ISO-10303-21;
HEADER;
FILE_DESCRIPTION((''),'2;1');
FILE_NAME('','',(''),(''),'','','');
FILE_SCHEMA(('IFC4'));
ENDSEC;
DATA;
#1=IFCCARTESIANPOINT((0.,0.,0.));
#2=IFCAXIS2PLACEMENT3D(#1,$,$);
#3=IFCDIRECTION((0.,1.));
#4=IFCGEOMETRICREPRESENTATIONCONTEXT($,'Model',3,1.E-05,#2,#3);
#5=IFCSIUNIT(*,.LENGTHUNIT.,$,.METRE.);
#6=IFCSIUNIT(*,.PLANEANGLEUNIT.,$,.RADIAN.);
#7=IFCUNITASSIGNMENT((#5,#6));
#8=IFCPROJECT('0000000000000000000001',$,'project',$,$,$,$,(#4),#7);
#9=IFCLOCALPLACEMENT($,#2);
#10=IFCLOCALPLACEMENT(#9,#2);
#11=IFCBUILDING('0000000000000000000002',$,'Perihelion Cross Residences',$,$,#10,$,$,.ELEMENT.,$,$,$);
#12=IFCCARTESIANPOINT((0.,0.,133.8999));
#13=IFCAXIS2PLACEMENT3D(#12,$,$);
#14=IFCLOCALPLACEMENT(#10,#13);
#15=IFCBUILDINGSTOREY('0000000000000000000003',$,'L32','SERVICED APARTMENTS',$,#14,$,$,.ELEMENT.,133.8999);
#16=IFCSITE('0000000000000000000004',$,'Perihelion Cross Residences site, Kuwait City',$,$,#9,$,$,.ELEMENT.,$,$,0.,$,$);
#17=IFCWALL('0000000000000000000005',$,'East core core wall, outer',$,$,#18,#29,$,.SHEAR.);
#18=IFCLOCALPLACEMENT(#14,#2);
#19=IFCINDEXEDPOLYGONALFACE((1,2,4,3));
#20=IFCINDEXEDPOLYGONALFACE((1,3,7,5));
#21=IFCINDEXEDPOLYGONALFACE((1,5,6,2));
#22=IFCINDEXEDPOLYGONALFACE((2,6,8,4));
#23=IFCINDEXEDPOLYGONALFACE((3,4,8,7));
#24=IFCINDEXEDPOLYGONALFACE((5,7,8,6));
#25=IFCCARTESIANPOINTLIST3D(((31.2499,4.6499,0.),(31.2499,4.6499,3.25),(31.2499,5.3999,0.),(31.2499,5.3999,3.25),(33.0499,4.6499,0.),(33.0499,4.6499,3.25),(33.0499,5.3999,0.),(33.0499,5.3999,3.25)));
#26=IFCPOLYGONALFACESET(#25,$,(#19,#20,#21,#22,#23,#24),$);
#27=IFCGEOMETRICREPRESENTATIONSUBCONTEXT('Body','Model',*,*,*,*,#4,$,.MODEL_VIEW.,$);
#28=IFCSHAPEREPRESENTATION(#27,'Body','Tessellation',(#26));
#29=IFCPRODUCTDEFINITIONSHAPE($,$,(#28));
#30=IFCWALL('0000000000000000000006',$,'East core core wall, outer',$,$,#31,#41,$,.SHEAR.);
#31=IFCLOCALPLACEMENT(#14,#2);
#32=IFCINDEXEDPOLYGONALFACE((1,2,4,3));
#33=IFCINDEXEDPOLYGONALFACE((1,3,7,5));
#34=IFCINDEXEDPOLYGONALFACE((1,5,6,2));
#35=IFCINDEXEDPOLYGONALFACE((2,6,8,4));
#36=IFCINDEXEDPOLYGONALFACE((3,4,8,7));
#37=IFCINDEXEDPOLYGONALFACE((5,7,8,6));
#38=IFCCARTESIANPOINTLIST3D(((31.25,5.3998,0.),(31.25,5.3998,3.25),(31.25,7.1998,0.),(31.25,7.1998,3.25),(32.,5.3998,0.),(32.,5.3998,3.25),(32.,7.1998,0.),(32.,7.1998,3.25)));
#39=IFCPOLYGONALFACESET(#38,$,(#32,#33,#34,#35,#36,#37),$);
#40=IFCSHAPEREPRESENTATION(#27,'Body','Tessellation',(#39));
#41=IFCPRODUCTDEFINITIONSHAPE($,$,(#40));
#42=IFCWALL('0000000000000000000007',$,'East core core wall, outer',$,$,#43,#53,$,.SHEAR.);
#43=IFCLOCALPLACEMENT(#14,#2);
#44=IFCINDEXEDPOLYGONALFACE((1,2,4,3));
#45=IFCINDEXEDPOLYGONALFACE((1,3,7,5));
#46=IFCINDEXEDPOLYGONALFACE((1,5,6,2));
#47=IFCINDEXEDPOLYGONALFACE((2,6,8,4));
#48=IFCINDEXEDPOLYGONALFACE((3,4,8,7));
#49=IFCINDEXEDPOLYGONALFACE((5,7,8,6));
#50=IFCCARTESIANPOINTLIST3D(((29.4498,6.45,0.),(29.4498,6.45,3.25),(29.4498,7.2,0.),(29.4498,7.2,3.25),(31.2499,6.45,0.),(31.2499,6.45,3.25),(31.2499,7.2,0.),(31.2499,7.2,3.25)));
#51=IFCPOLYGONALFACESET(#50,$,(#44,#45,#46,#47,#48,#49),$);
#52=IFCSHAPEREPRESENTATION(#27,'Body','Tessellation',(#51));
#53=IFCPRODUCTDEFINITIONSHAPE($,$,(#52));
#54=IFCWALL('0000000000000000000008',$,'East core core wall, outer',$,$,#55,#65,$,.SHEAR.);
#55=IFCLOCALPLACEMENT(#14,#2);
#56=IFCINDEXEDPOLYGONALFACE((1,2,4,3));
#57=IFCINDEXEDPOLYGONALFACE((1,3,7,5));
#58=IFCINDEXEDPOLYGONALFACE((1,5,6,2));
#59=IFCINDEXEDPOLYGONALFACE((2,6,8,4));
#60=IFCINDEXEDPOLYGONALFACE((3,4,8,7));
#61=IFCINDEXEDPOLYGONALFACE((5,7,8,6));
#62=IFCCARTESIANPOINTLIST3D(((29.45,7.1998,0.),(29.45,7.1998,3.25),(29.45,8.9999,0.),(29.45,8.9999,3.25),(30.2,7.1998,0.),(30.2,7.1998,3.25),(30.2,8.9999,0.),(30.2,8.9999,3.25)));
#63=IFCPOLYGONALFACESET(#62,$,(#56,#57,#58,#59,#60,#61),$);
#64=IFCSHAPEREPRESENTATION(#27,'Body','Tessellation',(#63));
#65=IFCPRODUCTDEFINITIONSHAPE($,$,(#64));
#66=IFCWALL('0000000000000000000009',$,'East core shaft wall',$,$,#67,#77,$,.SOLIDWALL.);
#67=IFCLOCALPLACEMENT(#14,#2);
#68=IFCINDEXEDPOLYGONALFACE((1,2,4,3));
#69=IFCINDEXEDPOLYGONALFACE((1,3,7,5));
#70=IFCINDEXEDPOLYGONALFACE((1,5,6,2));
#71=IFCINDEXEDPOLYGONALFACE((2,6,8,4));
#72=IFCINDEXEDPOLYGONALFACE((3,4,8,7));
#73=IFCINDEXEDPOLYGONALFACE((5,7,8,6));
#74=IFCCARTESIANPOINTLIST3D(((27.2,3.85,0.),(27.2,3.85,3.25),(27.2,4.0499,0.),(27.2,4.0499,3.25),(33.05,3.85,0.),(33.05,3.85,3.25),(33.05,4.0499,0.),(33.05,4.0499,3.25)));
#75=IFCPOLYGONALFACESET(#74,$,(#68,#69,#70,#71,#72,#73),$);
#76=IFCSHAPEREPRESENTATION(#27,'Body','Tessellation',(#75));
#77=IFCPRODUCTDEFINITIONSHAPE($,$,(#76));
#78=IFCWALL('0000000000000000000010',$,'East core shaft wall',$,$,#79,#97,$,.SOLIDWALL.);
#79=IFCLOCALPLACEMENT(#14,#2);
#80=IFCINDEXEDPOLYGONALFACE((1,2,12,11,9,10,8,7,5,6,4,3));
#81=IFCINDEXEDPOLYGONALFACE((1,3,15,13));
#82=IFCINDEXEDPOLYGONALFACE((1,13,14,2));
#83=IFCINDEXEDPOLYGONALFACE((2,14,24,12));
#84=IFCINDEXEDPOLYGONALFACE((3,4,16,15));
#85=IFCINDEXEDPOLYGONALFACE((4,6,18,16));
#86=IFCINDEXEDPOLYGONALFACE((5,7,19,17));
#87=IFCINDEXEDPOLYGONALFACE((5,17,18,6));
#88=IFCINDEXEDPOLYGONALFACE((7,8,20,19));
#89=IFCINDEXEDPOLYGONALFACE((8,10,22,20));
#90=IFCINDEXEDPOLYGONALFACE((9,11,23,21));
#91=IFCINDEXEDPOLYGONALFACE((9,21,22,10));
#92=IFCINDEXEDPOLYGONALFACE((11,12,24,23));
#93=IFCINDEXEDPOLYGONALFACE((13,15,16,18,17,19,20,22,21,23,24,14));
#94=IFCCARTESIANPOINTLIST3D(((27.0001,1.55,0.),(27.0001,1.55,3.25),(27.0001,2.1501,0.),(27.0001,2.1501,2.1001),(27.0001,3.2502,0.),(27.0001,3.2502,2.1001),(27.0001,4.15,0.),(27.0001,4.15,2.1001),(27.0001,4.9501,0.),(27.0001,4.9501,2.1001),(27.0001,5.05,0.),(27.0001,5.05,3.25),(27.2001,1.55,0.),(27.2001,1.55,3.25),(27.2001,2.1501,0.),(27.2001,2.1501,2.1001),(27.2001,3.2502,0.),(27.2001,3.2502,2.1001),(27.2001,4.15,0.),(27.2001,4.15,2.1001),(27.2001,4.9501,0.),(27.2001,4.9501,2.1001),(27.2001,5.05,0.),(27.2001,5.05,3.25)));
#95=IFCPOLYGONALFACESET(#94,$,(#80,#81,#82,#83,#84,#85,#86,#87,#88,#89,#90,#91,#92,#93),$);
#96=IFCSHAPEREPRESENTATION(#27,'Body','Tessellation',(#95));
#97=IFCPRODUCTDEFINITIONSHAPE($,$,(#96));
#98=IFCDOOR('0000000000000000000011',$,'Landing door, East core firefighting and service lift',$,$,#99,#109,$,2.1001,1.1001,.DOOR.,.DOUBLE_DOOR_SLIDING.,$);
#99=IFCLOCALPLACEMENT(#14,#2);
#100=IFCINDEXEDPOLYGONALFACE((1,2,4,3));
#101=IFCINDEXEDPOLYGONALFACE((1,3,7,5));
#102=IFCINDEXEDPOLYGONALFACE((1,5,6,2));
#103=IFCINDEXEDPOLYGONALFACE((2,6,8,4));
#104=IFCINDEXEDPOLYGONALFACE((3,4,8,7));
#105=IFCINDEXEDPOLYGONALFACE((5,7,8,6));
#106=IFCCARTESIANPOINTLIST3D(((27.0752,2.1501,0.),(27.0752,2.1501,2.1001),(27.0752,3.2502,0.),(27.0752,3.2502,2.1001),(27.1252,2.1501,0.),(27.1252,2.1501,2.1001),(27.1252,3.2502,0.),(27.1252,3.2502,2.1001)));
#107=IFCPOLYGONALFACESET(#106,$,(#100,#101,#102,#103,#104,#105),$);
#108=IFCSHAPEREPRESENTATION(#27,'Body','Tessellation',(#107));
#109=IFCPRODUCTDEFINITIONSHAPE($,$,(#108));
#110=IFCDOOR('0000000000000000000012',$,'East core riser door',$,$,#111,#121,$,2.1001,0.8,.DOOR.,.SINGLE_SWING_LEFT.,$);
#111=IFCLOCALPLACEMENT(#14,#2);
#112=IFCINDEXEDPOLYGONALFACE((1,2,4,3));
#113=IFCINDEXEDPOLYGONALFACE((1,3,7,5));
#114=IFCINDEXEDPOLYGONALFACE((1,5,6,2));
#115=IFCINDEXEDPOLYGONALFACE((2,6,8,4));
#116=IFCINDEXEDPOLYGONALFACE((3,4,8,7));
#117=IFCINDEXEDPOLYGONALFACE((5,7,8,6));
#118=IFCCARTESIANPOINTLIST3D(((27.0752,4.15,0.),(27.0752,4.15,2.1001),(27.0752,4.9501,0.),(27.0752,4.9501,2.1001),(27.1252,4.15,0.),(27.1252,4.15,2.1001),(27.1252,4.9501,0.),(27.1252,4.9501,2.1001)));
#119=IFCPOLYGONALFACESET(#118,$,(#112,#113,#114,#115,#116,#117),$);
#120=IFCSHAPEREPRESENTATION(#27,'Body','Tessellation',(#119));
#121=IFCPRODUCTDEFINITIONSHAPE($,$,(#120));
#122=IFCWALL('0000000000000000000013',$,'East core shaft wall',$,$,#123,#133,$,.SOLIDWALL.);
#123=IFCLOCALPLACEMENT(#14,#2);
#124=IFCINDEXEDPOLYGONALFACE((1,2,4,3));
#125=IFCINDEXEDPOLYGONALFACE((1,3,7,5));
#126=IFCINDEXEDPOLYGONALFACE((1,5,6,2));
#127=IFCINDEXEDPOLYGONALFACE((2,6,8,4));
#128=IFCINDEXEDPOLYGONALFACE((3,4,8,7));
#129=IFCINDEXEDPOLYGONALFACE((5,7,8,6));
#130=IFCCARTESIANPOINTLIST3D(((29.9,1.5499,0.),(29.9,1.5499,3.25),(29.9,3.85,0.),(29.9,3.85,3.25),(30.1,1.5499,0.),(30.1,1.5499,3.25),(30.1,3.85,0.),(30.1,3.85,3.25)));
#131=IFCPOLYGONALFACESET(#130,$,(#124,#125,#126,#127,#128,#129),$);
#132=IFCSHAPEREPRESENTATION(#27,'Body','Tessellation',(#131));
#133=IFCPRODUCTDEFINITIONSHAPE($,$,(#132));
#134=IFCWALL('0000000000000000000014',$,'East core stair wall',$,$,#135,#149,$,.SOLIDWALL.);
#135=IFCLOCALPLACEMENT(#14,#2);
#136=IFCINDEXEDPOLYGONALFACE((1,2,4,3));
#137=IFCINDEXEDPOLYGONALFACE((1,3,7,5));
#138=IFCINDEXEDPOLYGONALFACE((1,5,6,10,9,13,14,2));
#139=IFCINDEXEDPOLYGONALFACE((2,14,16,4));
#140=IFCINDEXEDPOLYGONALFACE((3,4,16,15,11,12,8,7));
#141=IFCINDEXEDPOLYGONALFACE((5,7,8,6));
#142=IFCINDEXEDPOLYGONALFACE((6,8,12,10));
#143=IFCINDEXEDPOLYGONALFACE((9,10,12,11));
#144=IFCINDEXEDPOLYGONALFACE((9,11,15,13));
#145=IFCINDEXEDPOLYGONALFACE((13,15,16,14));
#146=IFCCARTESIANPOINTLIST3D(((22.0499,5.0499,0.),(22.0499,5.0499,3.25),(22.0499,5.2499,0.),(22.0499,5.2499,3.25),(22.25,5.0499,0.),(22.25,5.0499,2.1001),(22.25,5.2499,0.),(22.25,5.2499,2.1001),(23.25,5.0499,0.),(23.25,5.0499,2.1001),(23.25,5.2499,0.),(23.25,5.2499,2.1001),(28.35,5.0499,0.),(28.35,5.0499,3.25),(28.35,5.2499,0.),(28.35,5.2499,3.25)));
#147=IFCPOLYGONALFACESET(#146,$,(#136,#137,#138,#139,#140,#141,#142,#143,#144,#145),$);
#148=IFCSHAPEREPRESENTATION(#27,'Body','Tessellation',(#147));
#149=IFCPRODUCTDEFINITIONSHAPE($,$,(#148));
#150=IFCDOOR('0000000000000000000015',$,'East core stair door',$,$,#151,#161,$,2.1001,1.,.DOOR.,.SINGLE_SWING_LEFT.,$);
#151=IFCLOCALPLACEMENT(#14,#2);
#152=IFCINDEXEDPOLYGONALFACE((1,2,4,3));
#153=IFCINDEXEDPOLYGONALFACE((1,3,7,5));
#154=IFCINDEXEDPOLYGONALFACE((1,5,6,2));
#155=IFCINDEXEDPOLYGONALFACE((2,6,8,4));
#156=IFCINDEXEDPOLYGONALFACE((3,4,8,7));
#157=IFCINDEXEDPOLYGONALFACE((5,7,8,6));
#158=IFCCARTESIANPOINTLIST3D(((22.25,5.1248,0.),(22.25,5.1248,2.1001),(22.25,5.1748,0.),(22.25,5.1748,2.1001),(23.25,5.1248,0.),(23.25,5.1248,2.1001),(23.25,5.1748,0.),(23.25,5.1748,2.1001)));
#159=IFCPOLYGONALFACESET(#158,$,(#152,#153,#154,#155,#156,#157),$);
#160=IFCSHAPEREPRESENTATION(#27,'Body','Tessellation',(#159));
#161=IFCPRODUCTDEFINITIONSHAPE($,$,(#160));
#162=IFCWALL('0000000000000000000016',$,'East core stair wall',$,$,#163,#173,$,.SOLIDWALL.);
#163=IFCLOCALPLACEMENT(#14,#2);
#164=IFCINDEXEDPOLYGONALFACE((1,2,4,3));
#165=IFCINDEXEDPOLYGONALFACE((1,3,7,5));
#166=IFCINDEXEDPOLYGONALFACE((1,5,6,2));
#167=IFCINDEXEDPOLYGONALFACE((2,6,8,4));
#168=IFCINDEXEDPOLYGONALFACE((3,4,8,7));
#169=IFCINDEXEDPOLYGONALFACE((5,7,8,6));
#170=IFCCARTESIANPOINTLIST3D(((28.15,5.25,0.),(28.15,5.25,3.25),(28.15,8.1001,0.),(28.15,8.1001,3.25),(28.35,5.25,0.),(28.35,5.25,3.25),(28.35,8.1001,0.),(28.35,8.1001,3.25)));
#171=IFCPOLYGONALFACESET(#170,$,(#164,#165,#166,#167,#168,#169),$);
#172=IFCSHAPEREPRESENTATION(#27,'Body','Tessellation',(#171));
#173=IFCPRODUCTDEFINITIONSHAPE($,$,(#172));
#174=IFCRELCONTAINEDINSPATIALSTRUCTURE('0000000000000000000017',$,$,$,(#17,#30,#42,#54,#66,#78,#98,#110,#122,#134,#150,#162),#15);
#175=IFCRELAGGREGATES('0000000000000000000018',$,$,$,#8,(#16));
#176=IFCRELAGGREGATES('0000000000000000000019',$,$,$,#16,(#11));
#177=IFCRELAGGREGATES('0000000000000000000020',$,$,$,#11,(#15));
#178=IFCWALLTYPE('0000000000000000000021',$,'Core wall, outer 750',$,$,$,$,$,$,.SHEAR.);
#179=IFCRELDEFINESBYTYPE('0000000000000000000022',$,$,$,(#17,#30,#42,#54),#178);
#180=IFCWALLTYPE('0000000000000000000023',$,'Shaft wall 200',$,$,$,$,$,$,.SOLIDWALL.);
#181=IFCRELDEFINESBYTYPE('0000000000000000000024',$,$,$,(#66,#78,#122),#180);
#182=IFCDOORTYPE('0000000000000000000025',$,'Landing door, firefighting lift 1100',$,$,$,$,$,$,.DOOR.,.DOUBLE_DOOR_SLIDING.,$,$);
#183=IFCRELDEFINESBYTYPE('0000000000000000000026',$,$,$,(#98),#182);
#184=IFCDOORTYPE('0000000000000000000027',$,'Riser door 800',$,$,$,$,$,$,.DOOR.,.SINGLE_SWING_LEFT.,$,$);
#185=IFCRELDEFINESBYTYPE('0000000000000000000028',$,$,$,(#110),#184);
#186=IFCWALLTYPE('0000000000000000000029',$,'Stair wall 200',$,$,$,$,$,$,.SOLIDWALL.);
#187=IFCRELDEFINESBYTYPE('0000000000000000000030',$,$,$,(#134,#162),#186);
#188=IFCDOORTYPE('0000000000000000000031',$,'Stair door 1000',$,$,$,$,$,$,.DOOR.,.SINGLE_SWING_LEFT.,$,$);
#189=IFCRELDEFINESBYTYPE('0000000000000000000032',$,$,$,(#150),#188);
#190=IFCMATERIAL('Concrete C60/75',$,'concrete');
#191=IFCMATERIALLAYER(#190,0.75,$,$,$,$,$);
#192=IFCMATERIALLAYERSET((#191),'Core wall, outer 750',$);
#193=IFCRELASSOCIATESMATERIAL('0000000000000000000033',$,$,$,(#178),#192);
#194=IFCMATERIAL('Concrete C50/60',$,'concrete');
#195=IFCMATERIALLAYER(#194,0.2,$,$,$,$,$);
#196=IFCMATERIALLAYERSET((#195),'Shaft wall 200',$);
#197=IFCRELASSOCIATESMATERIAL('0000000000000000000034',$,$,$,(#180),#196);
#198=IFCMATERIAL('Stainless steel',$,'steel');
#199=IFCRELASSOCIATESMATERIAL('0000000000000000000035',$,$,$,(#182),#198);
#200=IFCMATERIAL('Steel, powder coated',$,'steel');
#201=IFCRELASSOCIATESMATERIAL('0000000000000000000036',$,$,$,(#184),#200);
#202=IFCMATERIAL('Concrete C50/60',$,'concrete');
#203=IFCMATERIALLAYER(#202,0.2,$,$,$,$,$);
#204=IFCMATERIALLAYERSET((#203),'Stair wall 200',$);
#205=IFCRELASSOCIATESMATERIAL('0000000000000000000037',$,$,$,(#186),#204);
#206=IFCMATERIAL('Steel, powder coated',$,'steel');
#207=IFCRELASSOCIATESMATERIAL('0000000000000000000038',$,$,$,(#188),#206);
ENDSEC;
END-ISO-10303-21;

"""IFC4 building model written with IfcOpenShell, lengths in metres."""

from ifc_helpers import new_model, si_unit, direction, frame, frame_2d, origin, place, context, subcontext, project, spatial, rectangle, extrude, material, layer, layer_set, type_object, element, fill, save


model = new_model("IFC4")

# Units and contexts
model_context = context("Model", 3, precision=1e-05, world=origin(), true_north=direction((0.0, 1.0)))
body_context = subcontext(model_context, "Body", "Model", "MODEL_VIEW")
ifc_project = project(units=[si_unit("LENGTHUNIT", "METRE"), si_unit("PLANEANGLEUNIT", "RADIAN")], contexts=[model_context])

# Site, building, storey
site_placement = place(None, origin())
site = spatial("IfcSite", under=ifc_project, at=site_placement, Name="Perihelion Cross Residences site, Kuwait City", CompositionType="ELEMENT", RefElevation=0.0)
building_placement = place(site_placement, origin())
building = spatial("IfcBuilding", under=site, at=building_placement, Name="Perihelion Cross Residences", CompositionType="ELEMENT")
storey_placement = place(building_placement, frame((0.0, 0.0, 133.8999)))
storey = spatial("IfcBuildingStorey", under=building, at=storey_placement, Name="L32", Description="SERVICED APARTMENTS", CompositionType="ELEMENT", Elevation=133.8999)

# Walls
ifc_material_1 = material(Name="Concrete C60/75", Category="concrete")
ifc_layer_1 = layer(ifc_material_1, 0.75)
ifc_layer_set_1 = layer_set([ifc_layer_1], Name="Core wall, outer 750")
wall_type_1 = type_object("IfcWallType", Name="Core wall, outer 750", PredefinedType="SHEAR", material=ifc_layer_set_1)
for number, where, z_axis, x_axis, name in (
    (1, (31.25, 5.0249, 0.0), (0.0, 0.0, 1.0), (1.0, 0.0, 0.0), "East core core wall, outer"),
    (2, (31.625, 5.3999, 0.0), (0.0, 0.0, 1.0), (0.0, 1.0, 0.0), "East core core wall, outer"),
    (3, (29.45, 6.825, 0.0), (0.0, 0.0, 1.0), (1.0, 0.0, 0.0), "East core core wall, outer"),
    (4, (29.825, 7.2, 0.0), (0.0, 0.0, 1.0), (0.0, 1.0, 0.0), "East core core wall, outer"),
):
    element("IfcWall", number, at=place(storey_placement, frame(where, z_axis=z_axis, x_axis=x_axis)), inside=storey, type_object=wall_type_1, Name=name, PredefinedType="SHEAR", context=body_context, shape_type="SweptSolid", body=[
        extrude(rectangle(XDim=1.8, YDim=0.75, at=frame_2d((0.8999, 0.0))), origin(), (0.0, 0.0, 1.0), 3.25),
    ])
ifc_material_2 = material(Name="Concrete C50/60", Category="concrete")
ifc_layer_2 = layer(ifc_material_2, 0.2)
ifc_layer_set_2 = layer_set([ifc_layer_2], Name="Shaft wall 200")
wall_type_2 = type_object("IfcWallType", Name="Shaft wall 200", PredefinedType="SOLIDWALL", material=ifc_layer_set_2)
wall_1_placement = place(storey_placement, frame((27.2, 3.95, 0.0), z_axis=(0.0, 0.0, 1.0), x_axis=(1.0, 0.0, 0.0)))
element("IfcWall", 5, at=wall_1_placement, inside=storey, type_object=wall_type_2, Name="East core shaft wall", PredefinedType="SOLIDWALL", context=body_context, shape_type="SweptSolid", body=[
    extrude(rectangle(XDim=5.8501, YDim=0.2, at=frame_2d((2.925, 0.0))), origin(), (0.0, 0.0, 1.0), 3.25),
])

# Wall, openings, doors
wall_2_placement = place(storey_placement, frame((27.1001, 1.55, 0.0), z_axis=(0.0, 0.0, 1.0), x_axis=(0.0, 1.0, 0.0)))
wall_2 = element("IfcWall", 6, at=wall_2_placement, inside=storey, type_object=wall_type_2, Name="East core shaft wall", PredefinedType="SOLIDWALL", context=body_context, shape_type="SweptSolid", body=[
    extrude(rectangle(XDim=3.5, YDim=0.2, at=frame_2d((1.75, 0.0))), origin(), (0.0, 0.0, 1.0), 3.25),
])
opening_1_placement = place(wall_2_placement, frame((0.6001, 0.0, 0.0)))
opening_1 = element("IfcOpeningElement", 7, at=opening_1_placement, cuts=wall_2, PredefinedType="OPENING", context=body_context, shape_type="SweptSolid", body=[
    extrude(rectangle(XDim=1.1001, YDim=2.1001, at=frame_2d((0.55, 1.05))), frame((0.0, 0.1099, 0.0), z_axis=(0.0, -1.0, 0.0), x_axis=(1.0, 0.0, 0.0)), (0.0, 0.0, 1.0), 0.22),
])
opening_2_placement = place(wall_2_placement, frame((2.6001, 0.0, 0.0)))
opening_2 = element("IfcOpeningElement", 8, at=opening_2_placement, cuts=wall_2, PredefinedType="OPENING", context=body_context, shape_type="SweptSolid", body=[
    extrude(rectangle(XDim=0.8, YDim=2.1001, at=frame_2d((0.3999, 1.05))), frame((0.0, 0.1099, 0.0), z_axis=(0.0, -1.0, 0.0), x_axis=(1.0, 0.0, 0.0)), (0.0, 0.0, 1.0), 0.22),
])
ifc_material_3 = material(Name="Stainless steel", Category="steel")
door_type_1 = type_object("IfcDoorType", Name="Landing door, firefighting lift 1100", OperationType="DOUBLE_DOOR_SLIDING", PredefinedType="DOOR", material=ifc_material_3)
door_1_placement = place(opening_1_placement, origin())
door_1 = element("IfcDoor", 9, at=door_1_placement, inside=storey, type_object=door_type_1, Name="Landing door, East core firefighting and service lift", OperationType="DOUBLE_DOOR_SLIDING", OverallHeight=2.1001, OverallWidth=1.1001, PredefinedType="DOOR", context=body_context, shape_type="SweptSolid", body=[
    extrude(rectangle(XDim=1.1001, YDim=2.1001, at=frame_2d((0.55, 1.05))), frame((0.0, 0.0249, 0.0), z_axis=(0.0, -1.0, 0.0), x_axis=(1.0, 0.0, 0.0)), (0.0, 0.0, 1.0), 0.05),
])
fill(opening_1, door_1)
ifc_material_4 = material(Name="Steel, powder coated", Category="steel")
door_type_2 = type_object("IfcDoorType", Name="Riser door 800", OperationType="SINGLE_SWING_LEFT", PredefinedType="DOOR", material=ifc_material_4)
door_2_placement = place(opening_2_placement, origin())
door_2 = element("IfcDoor", 10, at=door_2_placement, inside=storey, type_object=door_type_2, Name="East core riser door", OperationType="SINGLE_SWING_LEFT", OverallHeight=2.1001, OverallWidth=0.8, PredefinedType="DOOR", context=body_context, shape_type="SweptSolid", body=[
    extrude(rectangle(XDim=0.8, YDim=2.1001, at=frame_2d((0.3999, 1.05))), frame((0.0, 0.0249, 0.0), z_axis=(0.0, -1.0, 0.0), x_axis=(1.0, 0.0, 0.0)), (0.0, 0.0, 1.0), 0.05),
])
fill(opening_2, door_2)

# Wall
wall_3_placement = place(storey_placement, frame((30.0, 1.55, 0.0), z_axis=(0.0, 0.0, 1.0), x_axis=(0.0, 1.0, 0.0)))
element("IfcWall", 11, at=wall_3_placement, inside=storey, type_object=wall_type_2, Name="East core shaft wall", PredefinedType="SOLIDWALL", context=body_context, shape_type="SweptSolid", body=[
    extrude(rectangle(XDim=2.3, YDim=0.2, at=frame_2d((1.1499, 0.0))), origin(), (0.0, 0.0, 1.0), 3.25),
])

# Wall, opening, door
ifc_material_5 = material(Name="Concrete C50/60", Category="concrete")
ifc_layer_3 = layer(ifc_material_5, 0.2)
ifc_layer_set_3 = layer_set([ifc_layer_3], Name="Stair wall 200")
wall_type_3 = type_object("IfcWallType", Name="Stair wall 200", PredefinedType="SOLIDWALL", material=ifc_layer_set_3)
wall_4_placement = place(storey_placement, frame((22.05, 5.1499, 0.0), z_axis=(0.0, 0.0, 1.0), x_axis=(1.0, 0.0, 0.0)))
wall_4 = element("IfcWall", 12, at=wall_4_placement, inside=storey, type_object=wall_type_3, Name="East core stair wall", PredefinedType="SOLIDWALL", context=body_context, shape_type="SweptSolid", body=[
    extrude(rectangle(XDim=6.3, YDim=0.2, at=frame_2d((3.1499, 0.0))), origin(), (0.0, 0.0, 1.0), 3.25),
])
opening_3_placement = place(wall_4_placement, frame((0.2, 0.0, 0.0)))
opening_3 = element("IfcOpeningElement", 13, at=opening_3_placement, cuts=wall_4, PredefinedType="OPENING", context=body_context, shape_type="SweptSolid", body=[
    extrude(rectangle(XDim=1.0, YDim=2.1001, at=frame_2d((0.5, 1.05))), frame((0.0, 0.1099, 0.0), z_axis=(0.0, -1.0, 0.0), x_axis=(1.0, 0.0, 0.0)), (0.0, 0.0, 1.0), 0.22),
])
ifc_material_6 = material(Name="Steel, powder coated", Category="steel")
door_type_3 = type_object("IfcDoorType", Name="Stair door 1000", OperationType="SINGLE_SWING_LEFT", PredefinedType="DOOR", material=ifc_material_6)
door_3_placement = place(opening_3_placement, origin())
door_3 = element("IfcDoor", 14, at=door_3_placement, inside=storey, type_object=door_type_3, Name="East core stair door", OperationType="SINGLE_SWING_LEFT", OverallHeight=2.1001, OverallWidth=1.0, PredefinedType="DOOR", context=body_context, shape_type="SweptSolid", body=[
    extrude(rectangle(XDim=1.0, YDim=2.1001, at=frame_2d((0.5, 1.05))), frame((0.0, 0.0249, 0.0), z_axis=(0.0, -1.0, 0.0), x_axis=(1.0, 0.0, 0.0)), (0.0, 0.0, 1.0), 0.05),
])
fill(opening_3, door_3)

# Wall
wall_5_placement = place(storey_placement, frame((28.25, 5.25, 0.0), z_axis=(0.0, 0.0, 1.0), x_axis=(0.0, 1.0, 0.0)))
element("IfcWall", 15, at=wall_5_placement, inside=storey, type_object=wall_type_3, Name="East core stair wall", PredefinedType="SOLIDWALL", context=body_context, shape_type="SweptSolid", body=[
    extrude(rectangle(XDim=2.8501, YDim=0.2, at=frame_2d((1.425, 0.0))), origin(), (0.0, 0.0, 1.0), 3.25),
])

save(model, "model.ifc")
